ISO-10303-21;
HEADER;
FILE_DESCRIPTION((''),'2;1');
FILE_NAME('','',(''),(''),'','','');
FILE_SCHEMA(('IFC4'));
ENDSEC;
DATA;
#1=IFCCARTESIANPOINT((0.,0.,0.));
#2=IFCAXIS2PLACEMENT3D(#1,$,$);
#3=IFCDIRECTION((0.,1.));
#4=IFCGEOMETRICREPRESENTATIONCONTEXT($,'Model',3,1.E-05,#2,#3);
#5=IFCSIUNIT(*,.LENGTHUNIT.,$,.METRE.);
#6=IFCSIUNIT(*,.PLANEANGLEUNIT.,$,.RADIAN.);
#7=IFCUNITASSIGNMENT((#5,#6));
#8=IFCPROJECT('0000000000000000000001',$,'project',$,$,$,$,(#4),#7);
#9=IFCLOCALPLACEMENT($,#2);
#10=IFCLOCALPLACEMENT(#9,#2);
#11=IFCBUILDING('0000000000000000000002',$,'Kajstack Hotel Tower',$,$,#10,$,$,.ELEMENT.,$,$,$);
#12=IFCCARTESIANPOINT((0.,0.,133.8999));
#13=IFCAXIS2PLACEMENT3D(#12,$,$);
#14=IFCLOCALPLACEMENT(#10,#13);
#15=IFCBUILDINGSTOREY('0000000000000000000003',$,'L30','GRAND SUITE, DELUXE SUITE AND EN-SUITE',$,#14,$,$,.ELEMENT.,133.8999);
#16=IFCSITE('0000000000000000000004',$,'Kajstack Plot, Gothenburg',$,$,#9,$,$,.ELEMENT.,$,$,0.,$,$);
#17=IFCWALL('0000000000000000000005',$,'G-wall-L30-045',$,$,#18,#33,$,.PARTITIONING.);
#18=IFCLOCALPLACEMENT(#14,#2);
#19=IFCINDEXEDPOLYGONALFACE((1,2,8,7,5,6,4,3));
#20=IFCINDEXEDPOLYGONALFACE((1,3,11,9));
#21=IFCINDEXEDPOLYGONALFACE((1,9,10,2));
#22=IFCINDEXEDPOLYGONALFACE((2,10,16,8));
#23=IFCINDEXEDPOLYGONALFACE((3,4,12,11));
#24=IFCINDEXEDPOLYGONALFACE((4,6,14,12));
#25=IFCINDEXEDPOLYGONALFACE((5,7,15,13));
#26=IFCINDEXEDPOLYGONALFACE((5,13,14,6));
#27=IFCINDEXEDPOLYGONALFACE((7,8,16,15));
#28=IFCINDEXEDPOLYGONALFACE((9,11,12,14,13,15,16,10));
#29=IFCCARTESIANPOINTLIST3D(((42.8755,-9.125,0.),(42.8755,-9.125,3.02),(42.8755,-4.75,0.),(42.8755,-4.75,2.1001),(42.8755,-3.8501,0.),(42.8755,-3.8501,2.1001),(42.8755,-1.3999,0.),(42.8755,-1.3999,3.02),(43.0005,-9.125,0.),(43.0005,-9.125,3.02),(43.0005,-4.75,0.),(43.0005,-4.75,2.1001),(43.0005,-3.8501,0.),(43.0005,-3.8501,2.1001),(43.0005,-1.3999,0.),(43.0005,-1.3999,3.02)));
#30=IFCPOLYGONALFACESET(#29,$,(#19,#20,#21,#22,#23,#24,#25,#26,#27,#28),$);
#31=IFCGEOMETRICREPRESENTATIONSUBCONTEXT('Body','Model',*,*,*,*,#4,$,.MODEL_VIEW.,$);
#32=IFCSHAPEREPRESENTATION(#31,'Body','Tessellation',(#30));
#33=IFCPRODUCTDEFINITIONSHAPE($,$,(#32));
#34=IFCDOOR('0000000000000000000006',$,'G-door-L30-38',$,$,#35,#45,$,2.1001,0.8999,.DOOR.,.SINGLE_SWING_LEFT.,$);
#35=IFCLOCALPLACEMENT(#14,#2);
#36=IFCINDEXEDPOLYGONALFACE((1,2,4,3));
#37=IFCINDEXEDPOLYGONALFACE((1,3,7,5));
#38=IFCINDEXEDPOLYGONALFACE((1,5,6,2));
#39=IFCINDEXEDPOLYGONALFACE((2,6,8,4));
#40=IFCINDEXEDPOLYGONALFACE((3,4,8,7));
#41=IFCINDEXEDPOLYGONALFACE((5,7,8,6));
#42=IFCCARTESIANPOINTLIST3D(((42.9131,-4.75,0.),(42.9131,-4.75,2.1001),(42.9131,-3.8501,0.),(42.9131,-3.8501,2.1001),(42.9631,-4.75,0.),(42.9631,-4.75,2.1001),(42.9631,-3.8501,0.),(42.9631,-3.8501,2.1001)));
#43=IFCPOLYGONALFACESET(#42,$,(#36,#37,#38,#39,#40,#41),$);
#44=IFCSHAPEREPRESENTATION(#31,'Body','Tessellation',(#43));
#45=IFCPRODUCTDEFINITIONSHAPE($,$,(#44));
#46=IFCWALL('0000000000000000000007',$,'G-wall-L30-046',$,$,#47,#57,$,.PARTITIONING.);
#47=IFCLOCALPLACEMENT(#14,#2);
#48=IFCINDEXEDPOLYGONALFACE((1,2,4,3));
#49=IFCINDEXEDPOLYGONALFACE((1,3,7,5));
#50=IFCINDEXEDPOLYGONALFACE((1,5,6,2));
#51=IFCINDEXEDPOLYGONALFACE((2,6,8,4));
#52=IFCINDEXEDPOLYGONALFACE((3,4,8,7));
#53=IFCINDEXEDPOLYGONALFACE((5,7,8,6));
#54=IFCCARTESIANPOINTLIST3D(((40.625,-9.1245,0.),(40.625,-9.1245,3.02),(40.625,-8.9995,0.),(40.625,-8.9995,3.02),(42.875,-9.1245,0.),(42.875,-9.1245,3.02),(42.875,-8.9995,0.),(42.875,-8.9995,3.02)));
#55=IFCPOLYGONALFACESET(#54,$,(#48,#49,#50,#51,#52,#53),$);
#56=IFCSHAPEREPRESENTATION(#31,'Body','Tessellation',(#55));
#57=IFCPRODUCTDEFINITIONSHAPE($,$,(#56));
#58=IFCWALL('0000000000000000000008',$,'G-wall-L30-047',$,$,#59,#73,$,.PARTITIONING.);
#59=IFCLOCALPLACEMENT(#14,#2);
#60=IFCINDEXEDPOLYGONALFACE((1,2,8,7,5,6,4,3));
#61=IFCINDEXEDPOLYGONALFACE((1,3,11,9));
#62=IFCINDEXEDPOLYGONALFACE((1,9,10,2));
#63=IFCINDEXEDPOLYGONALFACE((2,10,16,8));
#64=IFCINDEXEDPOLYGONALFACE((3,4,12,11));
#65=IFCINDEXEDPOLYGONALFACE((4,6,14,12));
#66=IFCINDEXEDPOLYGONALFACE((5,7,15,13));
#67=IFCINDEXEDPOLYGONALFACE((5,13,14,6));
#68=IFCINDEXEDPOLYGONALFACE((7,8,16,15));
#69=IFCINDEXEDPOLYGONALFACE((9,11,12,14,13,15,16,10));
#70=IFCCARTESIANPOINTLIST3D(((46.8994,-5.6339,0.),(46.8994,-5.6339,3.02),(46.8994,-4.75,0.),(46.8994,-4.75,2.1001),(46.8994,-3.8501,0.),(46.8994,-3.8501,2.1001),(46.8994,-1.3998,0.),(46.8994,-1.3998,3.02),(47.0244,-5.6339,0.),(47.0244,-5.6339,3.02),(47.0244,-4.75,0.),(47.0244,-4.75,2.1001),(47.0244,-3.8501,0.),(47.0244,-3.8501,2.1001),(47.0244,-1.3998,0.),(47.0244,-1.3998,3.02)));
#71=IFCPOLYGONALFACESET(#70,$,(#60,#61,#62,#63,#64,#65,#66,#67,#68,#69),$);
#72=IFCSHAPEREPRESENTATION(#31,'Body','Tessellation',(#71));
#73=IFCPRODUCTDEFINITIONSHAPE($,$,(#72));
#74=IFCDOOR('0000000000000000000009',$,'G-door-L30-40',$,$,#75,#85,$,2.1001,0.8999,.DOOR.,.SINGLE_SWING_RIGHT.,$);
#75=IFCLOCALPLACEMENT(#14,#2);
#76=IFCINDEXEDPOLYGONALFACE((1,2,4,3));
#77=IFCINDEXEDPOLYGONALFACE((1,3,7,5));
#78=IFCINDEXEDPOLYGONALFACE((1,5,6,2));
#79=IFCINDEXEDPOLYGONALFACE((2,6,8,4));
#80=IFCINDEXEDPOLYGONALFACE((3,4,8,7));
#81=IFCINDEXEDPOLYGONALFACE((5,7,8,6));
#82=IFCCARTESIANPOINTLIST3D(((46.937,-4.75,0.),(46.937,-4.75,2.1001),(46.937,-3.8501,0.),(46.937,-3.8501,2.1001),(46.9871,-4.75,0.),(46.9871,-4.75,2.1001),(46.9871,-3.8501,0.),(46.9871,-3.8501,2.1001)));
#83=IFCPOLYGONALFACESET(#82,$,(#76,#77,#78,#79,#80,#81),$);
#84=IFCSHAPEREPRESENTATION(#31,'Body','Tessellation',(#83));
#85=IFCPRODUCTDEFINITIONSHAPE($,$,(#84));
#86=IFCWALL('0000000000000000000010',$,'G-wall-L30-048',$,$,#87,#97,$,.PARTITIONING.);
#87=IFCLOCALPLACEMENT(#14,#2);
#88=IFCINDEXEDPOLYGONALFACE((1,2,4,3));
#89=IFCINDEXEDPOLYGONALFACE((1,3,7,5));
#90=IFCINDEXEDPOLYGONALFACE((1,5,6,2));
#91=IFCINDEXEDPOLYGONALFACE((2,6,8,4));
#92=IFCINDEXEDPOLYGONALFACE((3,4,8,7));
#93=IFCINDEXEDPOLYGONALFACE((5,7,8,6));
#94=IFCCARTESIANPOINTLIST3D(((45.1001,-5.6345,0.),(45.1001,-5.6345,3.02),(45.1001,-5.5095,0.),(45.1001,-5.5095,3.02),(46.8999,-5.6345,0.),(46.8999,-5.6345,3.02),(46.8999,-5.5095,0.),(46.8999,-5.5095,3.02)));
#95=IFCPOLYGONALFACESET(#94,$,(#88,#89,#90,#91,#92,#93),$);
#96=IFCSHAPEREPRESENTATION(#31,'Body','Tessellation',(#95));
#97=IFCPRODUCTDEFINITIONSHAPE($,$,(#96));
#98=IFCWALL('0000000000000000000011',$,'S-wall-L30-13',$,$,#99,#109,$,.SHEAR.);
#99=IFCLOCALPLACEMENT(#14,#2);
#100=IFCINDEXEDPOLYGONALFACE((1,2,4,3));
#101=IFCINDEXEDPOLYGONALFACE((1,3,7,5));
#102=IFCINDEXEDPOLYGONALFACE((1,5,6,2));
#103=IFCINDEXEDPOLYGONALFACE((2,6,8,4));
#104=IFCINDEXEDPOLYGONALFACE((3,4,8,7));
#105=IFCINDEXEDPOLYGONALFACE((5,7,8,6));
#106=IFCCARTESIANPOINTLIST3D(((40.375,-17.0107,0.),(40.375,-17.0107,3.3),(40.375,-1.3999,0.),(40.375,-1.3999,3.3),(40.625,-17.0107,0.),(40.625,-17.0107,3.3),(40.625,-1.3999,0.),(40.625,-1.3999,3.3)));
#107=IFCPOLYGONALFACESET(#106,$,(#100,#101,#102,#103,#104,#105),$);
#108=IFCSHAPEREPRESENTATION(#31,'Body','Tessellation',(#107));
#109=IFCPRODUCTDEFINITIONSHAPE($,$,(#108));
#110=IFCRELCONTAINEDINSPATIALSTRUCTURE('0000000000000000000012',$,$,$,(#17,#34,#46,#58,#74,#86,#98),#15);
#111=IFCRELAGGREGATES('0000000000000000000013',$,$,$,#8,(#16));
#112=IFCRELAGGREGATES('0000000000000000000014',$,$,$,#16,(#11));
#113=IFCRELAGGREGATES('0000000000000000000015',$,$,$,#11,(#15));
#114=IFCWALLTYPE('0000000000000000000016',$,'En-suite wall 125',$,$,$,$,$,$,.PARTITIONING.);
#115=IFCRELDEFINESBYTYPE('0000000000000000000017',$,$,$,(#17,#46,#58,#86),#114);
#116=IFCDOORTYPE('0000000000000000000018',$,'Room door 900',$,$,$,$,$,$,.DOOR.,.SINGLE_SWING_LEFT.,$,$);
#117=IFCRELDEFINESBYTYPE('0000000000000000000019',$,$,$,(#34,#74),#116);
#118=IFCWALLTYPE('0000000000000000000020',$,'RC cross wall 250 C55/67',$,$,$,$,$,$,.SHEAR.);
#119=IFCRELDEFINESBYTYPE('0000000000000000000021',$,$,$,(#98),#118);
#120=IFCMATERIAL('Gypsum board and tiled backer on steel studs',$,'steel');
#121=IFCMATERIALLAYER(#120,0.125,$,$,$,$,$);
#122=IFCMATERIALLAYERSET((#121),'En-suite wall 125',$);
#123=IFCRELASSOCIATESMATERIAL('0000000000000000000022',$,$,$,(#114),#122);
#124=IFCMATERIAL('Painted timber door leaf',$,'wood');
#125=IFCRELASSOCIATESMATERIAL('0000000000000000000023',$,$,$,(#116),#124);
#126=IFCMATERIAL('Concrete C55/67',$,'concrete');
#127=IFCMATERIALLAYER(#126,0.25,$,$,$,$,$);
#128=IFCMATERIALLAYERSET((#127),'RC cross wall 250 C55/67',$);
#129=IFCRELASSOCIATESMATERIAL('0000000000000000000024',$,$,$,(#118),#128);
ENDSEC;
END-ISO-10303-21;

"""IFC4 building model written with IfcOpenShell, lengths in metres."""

from ifc_helpers import new_model, si_unit, direction, frame, frame_2d, origin, place, context, subcontext, project, spatial, rectangle, extrude, material, layer, layer_set, type_object, element, fill, save


model = new_model("IFC4")

# Units and contexts
model_context = context("Model", 3, precision=1e-05, world=origin(), true_north=direction((0.0, 1.0)))
body_context = subcontext(model_context, "Body", "Model", "MODEL_VIEW")
ifc_project = project(units=[si_unit("LENGTHUNIT", "METRE"), si_unit("PLANEANGLEUNIT", "RADIAN")], contexts=[model_context])

# Site, building, storey
site_placement = place(None, origin())
site = spatial("IfcSite", under=ifc_project, at=site_placement, Name="Kajstack Plot, Gothenburg", CompositionType="ELEMENT", RefElevation=0.0)
building_placement = place(site_placement, origin())
building = spatial("IfcBuilding", under=site, at=building_placement, Name="Kajstack Hotel Tower", CompositionType="ELEMENT")
storey_placement = place(building_placement, frame((0.0, 0.0, 133.8999)))
storey = spatial("IfcBuildingStorey", under=building, at=storey_placement, Name="L30", Description="GRAND SUITE, DELUXE SUITE AND EN-SUITE", CompositionType="ELEMENT", Elevation=133.8999)

# Wall, opening, door
ifc_material_1 = material(Name="Gypsum board and tiled backer on steel studs", Category="steel")
ifc_layer_1 = layer(ifc_material_1, 0.125)
ifc_layer_set_1 = layer_set([ifc_layer_1], Name="En-suite wall 125")
wall_type_1 = type_object("IfcWallType", Name="En-suite wall 125", PredefinedType="PARTITIONING", material=ifc_layer_set_1)
wall_1_placement = place(storey_placement, frame((42.938, -9.125, 0.0), z_axis=(0.0, 0.0, 1.0), x_axis=(0.0, 1.0, 0.0)))
wall_1 = element("IfcWall", 1, at=wall_1_placement, inside=storey, type_object=wall_type_1, Name="G-wall-L30-045", PredefinedType="PARTITIONING", context=body_context, shape_type="SweptSolid", body=[
    extrude(rectangle(XDim=7.7251, YDim=0.125, at=frame_2d((3.8625, 0.0))), origin(), (0.0, 0.0, 1.0), 3.02),
])
opening_1_placement = place(wall_1_placement, frame((4.375, 0.0, 0.0)))
opening_1 = element("IfcOpeningElement", 2, at=opening_1_placement, cuts=wall_1, PredefinedType="OPENING", context=body_context, shape_type="SweptSolid", body=[
    extrude(rectangle(XDim=0.8999, YDim=2.1001, at=frame_2d((0.45, 1.05))), frame((0.0, 0.0725, 0.0), z_axis=(0.0, -1.0, 0.0), x_axis=(1.0, 0.0, 0.0)), (0.0, 0.0, 1.0), 0.145),
])
ifc_material_2 = material(Name="Painted timber door leaf", Category="wood")
door_type = type_object("IfcDoorType", Name="Room door 900", OperationType="SINGLE_SWING_LEFT", PredefinedType="DOOR", material=ifc_material_2)
door_1_placement = place(opening_1_placement, origin())
door_1 = element("IfcDoor", 3, at=door_1_placement, inside=storey, type_object=door_type, Name="G-door-L30-38", OperationType="SINGLE_SWING_LEFT", OverallHeight=2.1001, OverallWidth=0.8999, PredefinedType="DOOR", context=body_context, shape_type="SweptSolid", body=[
    extrude(rectangle(XDim=0.8999, YDim=2.1001, at=frame_2d((0.45, 1.05))), frame((0.0, 0.0249, 0.0), z_axis=(0.0, -1.0, 0.0), x_axis=(1.0, 0.0, 0.0)), (0.0, 0.0, 1.0), 0.05),
])
fill(opening_1, door_1)

# Wall
wall_2_placement = place(storey_placement, frame((40.625, -9.062, 0.0), z_axis=(0.0, 0.0, 1.0), x_axis=(1.0, 0.0, 0.0)))
element("IfcWall", 4, at=wall_2_placement, inside=storey, type_object=wall_type_1, Name="G-wall-L30-046", PredefinedType="PARTITIONING", context=body_context, shape_type="SweptSolid", body=[
    extrude(rectangle(XDim=2.25, YDim=0.125, at=frame_2d((1.125, 0.0))), origin(), (0.0, 0.0, 1.0), 3.02),
])

# Wall, opening, door
wall_3_placement = place(storey_placement, frame((46.9619, -5.634, 0.0), z_axis=(0.0, 0.0, 1.0), x_axis=(0.0, 1.0, 0.0)))
wall_3 = element("IfcWall", 5, at=wall_3_placement, inside=storey, type_object=wall_type_1, Name="G-wall-L30-047", PredefinedType="PARTITIONING", context=body_context, shape_type="SweptSolid", body=[
    extrude(rectangle(XDim=4.2341, YDim=0.125, at=frame_2d((2.1172, 0.0))), origin(), (0.0, 0.0, 1.0), 3.02),
])
opening_2_placement = place(wall_3_placement, frame((0.884, 0.0, 0.0)))
opening_2 = element("IfcOpeningElement", 6, at=opening_2_placement, cuts=wall_3, PredefinedType="OPENING", context=body_context, shape_type="SweptSolid", body=[
    extrude(rectangle(XDim=0.8999, YDim=2.1001, at=frame_2d((0.45, 1.05))), frame((0.0, 0.0725, 0.0), z_axis=(0.0, -1.0, 0.0), x_axis=(1.0, 0.0, 0.0)), (0.0, 0.0, 1.0), 0.145),
])
door_2_placement = place(opening_2_placement, origin())
door_2 = element("IfcDoor", 7, at=door_2_placement, inside=storey, type_object=door_type, Name="G-door-L30-40", OperationType="SINGLE_SWING_RIGHT", OverallHeight=2.1001, OverallWidth=0.8999, PredefinedType="DOOR", context=body_context, shape_type="SweptSolid", body=[
    extrude(rectangle(XDim=0.8999, YDim=2.1001, at=frame_2d((0.45, 1.05))), frame((0.0, 0.0249, 0.0), z_axis=(0.0, -1.0, 0.0), x_axis=(1.0, 0.0, 0.0)), (0.0, 0.0, 1.0), 0.05),
])
fill(opening_2, door_2)

# Walls
wall_4_placement = place(storey_placement, frame((45.1001, -5.572, 0.0), z_axis=(0.0, 0.0, 1.0), x_axis=(1.0, 0.0, 0.0)))
element("IfcWall", 8, at=wall_4_placement, inside=storey, type_object=wall_type_1, Name="G-wall-L30-048", PredefinedType="PARTITIONING", context=body_context, shape_type="SweptSolid", body=[
    extrude(rectangle(XDim=1.7998, YDim=0.125, at=frame_2d((0.8999, 0.0))), origin(), (0.0, 0.0, 1.0), 3.02),
])
ifc_material_3 = material(Name="Concrete C55/67", Category="concrete")
ifc_layer_2 = layer(ifc_material_3, 0.25)
ifc_layer_set_2 = layer_set([ifc_layer_2], Name="RC cross wall 250 C55/67")
wall_type_2 = type_object("IfcWallType", Name="RC cross wall 250 C55/67", PredefinedType="SHEAR", material=ifc_layer_set_2)
wall_5_placement = place(storey_placement, frame((40.5, -17.0107, 0.0), z_axis=(0.0, 0.0, 1.0), x_axis=(0.0, 1.0, 0.0)))
element("IfcWall", 9, at=wall_5_placement, inside=storey, type_object=wall_type_2, Name="S-wall-L30-13", PredefinedType="SHEAR", context=body_context, shape_type="SweptSolid", body=[
    extrude(rectangle(XDim=15.6108, YDim=0.25, at=frame_2d((7.8054, 0.0))), origin(), (0.0, 0.0, 1.0), 3.3),
])

save(model, "model.ifc")
